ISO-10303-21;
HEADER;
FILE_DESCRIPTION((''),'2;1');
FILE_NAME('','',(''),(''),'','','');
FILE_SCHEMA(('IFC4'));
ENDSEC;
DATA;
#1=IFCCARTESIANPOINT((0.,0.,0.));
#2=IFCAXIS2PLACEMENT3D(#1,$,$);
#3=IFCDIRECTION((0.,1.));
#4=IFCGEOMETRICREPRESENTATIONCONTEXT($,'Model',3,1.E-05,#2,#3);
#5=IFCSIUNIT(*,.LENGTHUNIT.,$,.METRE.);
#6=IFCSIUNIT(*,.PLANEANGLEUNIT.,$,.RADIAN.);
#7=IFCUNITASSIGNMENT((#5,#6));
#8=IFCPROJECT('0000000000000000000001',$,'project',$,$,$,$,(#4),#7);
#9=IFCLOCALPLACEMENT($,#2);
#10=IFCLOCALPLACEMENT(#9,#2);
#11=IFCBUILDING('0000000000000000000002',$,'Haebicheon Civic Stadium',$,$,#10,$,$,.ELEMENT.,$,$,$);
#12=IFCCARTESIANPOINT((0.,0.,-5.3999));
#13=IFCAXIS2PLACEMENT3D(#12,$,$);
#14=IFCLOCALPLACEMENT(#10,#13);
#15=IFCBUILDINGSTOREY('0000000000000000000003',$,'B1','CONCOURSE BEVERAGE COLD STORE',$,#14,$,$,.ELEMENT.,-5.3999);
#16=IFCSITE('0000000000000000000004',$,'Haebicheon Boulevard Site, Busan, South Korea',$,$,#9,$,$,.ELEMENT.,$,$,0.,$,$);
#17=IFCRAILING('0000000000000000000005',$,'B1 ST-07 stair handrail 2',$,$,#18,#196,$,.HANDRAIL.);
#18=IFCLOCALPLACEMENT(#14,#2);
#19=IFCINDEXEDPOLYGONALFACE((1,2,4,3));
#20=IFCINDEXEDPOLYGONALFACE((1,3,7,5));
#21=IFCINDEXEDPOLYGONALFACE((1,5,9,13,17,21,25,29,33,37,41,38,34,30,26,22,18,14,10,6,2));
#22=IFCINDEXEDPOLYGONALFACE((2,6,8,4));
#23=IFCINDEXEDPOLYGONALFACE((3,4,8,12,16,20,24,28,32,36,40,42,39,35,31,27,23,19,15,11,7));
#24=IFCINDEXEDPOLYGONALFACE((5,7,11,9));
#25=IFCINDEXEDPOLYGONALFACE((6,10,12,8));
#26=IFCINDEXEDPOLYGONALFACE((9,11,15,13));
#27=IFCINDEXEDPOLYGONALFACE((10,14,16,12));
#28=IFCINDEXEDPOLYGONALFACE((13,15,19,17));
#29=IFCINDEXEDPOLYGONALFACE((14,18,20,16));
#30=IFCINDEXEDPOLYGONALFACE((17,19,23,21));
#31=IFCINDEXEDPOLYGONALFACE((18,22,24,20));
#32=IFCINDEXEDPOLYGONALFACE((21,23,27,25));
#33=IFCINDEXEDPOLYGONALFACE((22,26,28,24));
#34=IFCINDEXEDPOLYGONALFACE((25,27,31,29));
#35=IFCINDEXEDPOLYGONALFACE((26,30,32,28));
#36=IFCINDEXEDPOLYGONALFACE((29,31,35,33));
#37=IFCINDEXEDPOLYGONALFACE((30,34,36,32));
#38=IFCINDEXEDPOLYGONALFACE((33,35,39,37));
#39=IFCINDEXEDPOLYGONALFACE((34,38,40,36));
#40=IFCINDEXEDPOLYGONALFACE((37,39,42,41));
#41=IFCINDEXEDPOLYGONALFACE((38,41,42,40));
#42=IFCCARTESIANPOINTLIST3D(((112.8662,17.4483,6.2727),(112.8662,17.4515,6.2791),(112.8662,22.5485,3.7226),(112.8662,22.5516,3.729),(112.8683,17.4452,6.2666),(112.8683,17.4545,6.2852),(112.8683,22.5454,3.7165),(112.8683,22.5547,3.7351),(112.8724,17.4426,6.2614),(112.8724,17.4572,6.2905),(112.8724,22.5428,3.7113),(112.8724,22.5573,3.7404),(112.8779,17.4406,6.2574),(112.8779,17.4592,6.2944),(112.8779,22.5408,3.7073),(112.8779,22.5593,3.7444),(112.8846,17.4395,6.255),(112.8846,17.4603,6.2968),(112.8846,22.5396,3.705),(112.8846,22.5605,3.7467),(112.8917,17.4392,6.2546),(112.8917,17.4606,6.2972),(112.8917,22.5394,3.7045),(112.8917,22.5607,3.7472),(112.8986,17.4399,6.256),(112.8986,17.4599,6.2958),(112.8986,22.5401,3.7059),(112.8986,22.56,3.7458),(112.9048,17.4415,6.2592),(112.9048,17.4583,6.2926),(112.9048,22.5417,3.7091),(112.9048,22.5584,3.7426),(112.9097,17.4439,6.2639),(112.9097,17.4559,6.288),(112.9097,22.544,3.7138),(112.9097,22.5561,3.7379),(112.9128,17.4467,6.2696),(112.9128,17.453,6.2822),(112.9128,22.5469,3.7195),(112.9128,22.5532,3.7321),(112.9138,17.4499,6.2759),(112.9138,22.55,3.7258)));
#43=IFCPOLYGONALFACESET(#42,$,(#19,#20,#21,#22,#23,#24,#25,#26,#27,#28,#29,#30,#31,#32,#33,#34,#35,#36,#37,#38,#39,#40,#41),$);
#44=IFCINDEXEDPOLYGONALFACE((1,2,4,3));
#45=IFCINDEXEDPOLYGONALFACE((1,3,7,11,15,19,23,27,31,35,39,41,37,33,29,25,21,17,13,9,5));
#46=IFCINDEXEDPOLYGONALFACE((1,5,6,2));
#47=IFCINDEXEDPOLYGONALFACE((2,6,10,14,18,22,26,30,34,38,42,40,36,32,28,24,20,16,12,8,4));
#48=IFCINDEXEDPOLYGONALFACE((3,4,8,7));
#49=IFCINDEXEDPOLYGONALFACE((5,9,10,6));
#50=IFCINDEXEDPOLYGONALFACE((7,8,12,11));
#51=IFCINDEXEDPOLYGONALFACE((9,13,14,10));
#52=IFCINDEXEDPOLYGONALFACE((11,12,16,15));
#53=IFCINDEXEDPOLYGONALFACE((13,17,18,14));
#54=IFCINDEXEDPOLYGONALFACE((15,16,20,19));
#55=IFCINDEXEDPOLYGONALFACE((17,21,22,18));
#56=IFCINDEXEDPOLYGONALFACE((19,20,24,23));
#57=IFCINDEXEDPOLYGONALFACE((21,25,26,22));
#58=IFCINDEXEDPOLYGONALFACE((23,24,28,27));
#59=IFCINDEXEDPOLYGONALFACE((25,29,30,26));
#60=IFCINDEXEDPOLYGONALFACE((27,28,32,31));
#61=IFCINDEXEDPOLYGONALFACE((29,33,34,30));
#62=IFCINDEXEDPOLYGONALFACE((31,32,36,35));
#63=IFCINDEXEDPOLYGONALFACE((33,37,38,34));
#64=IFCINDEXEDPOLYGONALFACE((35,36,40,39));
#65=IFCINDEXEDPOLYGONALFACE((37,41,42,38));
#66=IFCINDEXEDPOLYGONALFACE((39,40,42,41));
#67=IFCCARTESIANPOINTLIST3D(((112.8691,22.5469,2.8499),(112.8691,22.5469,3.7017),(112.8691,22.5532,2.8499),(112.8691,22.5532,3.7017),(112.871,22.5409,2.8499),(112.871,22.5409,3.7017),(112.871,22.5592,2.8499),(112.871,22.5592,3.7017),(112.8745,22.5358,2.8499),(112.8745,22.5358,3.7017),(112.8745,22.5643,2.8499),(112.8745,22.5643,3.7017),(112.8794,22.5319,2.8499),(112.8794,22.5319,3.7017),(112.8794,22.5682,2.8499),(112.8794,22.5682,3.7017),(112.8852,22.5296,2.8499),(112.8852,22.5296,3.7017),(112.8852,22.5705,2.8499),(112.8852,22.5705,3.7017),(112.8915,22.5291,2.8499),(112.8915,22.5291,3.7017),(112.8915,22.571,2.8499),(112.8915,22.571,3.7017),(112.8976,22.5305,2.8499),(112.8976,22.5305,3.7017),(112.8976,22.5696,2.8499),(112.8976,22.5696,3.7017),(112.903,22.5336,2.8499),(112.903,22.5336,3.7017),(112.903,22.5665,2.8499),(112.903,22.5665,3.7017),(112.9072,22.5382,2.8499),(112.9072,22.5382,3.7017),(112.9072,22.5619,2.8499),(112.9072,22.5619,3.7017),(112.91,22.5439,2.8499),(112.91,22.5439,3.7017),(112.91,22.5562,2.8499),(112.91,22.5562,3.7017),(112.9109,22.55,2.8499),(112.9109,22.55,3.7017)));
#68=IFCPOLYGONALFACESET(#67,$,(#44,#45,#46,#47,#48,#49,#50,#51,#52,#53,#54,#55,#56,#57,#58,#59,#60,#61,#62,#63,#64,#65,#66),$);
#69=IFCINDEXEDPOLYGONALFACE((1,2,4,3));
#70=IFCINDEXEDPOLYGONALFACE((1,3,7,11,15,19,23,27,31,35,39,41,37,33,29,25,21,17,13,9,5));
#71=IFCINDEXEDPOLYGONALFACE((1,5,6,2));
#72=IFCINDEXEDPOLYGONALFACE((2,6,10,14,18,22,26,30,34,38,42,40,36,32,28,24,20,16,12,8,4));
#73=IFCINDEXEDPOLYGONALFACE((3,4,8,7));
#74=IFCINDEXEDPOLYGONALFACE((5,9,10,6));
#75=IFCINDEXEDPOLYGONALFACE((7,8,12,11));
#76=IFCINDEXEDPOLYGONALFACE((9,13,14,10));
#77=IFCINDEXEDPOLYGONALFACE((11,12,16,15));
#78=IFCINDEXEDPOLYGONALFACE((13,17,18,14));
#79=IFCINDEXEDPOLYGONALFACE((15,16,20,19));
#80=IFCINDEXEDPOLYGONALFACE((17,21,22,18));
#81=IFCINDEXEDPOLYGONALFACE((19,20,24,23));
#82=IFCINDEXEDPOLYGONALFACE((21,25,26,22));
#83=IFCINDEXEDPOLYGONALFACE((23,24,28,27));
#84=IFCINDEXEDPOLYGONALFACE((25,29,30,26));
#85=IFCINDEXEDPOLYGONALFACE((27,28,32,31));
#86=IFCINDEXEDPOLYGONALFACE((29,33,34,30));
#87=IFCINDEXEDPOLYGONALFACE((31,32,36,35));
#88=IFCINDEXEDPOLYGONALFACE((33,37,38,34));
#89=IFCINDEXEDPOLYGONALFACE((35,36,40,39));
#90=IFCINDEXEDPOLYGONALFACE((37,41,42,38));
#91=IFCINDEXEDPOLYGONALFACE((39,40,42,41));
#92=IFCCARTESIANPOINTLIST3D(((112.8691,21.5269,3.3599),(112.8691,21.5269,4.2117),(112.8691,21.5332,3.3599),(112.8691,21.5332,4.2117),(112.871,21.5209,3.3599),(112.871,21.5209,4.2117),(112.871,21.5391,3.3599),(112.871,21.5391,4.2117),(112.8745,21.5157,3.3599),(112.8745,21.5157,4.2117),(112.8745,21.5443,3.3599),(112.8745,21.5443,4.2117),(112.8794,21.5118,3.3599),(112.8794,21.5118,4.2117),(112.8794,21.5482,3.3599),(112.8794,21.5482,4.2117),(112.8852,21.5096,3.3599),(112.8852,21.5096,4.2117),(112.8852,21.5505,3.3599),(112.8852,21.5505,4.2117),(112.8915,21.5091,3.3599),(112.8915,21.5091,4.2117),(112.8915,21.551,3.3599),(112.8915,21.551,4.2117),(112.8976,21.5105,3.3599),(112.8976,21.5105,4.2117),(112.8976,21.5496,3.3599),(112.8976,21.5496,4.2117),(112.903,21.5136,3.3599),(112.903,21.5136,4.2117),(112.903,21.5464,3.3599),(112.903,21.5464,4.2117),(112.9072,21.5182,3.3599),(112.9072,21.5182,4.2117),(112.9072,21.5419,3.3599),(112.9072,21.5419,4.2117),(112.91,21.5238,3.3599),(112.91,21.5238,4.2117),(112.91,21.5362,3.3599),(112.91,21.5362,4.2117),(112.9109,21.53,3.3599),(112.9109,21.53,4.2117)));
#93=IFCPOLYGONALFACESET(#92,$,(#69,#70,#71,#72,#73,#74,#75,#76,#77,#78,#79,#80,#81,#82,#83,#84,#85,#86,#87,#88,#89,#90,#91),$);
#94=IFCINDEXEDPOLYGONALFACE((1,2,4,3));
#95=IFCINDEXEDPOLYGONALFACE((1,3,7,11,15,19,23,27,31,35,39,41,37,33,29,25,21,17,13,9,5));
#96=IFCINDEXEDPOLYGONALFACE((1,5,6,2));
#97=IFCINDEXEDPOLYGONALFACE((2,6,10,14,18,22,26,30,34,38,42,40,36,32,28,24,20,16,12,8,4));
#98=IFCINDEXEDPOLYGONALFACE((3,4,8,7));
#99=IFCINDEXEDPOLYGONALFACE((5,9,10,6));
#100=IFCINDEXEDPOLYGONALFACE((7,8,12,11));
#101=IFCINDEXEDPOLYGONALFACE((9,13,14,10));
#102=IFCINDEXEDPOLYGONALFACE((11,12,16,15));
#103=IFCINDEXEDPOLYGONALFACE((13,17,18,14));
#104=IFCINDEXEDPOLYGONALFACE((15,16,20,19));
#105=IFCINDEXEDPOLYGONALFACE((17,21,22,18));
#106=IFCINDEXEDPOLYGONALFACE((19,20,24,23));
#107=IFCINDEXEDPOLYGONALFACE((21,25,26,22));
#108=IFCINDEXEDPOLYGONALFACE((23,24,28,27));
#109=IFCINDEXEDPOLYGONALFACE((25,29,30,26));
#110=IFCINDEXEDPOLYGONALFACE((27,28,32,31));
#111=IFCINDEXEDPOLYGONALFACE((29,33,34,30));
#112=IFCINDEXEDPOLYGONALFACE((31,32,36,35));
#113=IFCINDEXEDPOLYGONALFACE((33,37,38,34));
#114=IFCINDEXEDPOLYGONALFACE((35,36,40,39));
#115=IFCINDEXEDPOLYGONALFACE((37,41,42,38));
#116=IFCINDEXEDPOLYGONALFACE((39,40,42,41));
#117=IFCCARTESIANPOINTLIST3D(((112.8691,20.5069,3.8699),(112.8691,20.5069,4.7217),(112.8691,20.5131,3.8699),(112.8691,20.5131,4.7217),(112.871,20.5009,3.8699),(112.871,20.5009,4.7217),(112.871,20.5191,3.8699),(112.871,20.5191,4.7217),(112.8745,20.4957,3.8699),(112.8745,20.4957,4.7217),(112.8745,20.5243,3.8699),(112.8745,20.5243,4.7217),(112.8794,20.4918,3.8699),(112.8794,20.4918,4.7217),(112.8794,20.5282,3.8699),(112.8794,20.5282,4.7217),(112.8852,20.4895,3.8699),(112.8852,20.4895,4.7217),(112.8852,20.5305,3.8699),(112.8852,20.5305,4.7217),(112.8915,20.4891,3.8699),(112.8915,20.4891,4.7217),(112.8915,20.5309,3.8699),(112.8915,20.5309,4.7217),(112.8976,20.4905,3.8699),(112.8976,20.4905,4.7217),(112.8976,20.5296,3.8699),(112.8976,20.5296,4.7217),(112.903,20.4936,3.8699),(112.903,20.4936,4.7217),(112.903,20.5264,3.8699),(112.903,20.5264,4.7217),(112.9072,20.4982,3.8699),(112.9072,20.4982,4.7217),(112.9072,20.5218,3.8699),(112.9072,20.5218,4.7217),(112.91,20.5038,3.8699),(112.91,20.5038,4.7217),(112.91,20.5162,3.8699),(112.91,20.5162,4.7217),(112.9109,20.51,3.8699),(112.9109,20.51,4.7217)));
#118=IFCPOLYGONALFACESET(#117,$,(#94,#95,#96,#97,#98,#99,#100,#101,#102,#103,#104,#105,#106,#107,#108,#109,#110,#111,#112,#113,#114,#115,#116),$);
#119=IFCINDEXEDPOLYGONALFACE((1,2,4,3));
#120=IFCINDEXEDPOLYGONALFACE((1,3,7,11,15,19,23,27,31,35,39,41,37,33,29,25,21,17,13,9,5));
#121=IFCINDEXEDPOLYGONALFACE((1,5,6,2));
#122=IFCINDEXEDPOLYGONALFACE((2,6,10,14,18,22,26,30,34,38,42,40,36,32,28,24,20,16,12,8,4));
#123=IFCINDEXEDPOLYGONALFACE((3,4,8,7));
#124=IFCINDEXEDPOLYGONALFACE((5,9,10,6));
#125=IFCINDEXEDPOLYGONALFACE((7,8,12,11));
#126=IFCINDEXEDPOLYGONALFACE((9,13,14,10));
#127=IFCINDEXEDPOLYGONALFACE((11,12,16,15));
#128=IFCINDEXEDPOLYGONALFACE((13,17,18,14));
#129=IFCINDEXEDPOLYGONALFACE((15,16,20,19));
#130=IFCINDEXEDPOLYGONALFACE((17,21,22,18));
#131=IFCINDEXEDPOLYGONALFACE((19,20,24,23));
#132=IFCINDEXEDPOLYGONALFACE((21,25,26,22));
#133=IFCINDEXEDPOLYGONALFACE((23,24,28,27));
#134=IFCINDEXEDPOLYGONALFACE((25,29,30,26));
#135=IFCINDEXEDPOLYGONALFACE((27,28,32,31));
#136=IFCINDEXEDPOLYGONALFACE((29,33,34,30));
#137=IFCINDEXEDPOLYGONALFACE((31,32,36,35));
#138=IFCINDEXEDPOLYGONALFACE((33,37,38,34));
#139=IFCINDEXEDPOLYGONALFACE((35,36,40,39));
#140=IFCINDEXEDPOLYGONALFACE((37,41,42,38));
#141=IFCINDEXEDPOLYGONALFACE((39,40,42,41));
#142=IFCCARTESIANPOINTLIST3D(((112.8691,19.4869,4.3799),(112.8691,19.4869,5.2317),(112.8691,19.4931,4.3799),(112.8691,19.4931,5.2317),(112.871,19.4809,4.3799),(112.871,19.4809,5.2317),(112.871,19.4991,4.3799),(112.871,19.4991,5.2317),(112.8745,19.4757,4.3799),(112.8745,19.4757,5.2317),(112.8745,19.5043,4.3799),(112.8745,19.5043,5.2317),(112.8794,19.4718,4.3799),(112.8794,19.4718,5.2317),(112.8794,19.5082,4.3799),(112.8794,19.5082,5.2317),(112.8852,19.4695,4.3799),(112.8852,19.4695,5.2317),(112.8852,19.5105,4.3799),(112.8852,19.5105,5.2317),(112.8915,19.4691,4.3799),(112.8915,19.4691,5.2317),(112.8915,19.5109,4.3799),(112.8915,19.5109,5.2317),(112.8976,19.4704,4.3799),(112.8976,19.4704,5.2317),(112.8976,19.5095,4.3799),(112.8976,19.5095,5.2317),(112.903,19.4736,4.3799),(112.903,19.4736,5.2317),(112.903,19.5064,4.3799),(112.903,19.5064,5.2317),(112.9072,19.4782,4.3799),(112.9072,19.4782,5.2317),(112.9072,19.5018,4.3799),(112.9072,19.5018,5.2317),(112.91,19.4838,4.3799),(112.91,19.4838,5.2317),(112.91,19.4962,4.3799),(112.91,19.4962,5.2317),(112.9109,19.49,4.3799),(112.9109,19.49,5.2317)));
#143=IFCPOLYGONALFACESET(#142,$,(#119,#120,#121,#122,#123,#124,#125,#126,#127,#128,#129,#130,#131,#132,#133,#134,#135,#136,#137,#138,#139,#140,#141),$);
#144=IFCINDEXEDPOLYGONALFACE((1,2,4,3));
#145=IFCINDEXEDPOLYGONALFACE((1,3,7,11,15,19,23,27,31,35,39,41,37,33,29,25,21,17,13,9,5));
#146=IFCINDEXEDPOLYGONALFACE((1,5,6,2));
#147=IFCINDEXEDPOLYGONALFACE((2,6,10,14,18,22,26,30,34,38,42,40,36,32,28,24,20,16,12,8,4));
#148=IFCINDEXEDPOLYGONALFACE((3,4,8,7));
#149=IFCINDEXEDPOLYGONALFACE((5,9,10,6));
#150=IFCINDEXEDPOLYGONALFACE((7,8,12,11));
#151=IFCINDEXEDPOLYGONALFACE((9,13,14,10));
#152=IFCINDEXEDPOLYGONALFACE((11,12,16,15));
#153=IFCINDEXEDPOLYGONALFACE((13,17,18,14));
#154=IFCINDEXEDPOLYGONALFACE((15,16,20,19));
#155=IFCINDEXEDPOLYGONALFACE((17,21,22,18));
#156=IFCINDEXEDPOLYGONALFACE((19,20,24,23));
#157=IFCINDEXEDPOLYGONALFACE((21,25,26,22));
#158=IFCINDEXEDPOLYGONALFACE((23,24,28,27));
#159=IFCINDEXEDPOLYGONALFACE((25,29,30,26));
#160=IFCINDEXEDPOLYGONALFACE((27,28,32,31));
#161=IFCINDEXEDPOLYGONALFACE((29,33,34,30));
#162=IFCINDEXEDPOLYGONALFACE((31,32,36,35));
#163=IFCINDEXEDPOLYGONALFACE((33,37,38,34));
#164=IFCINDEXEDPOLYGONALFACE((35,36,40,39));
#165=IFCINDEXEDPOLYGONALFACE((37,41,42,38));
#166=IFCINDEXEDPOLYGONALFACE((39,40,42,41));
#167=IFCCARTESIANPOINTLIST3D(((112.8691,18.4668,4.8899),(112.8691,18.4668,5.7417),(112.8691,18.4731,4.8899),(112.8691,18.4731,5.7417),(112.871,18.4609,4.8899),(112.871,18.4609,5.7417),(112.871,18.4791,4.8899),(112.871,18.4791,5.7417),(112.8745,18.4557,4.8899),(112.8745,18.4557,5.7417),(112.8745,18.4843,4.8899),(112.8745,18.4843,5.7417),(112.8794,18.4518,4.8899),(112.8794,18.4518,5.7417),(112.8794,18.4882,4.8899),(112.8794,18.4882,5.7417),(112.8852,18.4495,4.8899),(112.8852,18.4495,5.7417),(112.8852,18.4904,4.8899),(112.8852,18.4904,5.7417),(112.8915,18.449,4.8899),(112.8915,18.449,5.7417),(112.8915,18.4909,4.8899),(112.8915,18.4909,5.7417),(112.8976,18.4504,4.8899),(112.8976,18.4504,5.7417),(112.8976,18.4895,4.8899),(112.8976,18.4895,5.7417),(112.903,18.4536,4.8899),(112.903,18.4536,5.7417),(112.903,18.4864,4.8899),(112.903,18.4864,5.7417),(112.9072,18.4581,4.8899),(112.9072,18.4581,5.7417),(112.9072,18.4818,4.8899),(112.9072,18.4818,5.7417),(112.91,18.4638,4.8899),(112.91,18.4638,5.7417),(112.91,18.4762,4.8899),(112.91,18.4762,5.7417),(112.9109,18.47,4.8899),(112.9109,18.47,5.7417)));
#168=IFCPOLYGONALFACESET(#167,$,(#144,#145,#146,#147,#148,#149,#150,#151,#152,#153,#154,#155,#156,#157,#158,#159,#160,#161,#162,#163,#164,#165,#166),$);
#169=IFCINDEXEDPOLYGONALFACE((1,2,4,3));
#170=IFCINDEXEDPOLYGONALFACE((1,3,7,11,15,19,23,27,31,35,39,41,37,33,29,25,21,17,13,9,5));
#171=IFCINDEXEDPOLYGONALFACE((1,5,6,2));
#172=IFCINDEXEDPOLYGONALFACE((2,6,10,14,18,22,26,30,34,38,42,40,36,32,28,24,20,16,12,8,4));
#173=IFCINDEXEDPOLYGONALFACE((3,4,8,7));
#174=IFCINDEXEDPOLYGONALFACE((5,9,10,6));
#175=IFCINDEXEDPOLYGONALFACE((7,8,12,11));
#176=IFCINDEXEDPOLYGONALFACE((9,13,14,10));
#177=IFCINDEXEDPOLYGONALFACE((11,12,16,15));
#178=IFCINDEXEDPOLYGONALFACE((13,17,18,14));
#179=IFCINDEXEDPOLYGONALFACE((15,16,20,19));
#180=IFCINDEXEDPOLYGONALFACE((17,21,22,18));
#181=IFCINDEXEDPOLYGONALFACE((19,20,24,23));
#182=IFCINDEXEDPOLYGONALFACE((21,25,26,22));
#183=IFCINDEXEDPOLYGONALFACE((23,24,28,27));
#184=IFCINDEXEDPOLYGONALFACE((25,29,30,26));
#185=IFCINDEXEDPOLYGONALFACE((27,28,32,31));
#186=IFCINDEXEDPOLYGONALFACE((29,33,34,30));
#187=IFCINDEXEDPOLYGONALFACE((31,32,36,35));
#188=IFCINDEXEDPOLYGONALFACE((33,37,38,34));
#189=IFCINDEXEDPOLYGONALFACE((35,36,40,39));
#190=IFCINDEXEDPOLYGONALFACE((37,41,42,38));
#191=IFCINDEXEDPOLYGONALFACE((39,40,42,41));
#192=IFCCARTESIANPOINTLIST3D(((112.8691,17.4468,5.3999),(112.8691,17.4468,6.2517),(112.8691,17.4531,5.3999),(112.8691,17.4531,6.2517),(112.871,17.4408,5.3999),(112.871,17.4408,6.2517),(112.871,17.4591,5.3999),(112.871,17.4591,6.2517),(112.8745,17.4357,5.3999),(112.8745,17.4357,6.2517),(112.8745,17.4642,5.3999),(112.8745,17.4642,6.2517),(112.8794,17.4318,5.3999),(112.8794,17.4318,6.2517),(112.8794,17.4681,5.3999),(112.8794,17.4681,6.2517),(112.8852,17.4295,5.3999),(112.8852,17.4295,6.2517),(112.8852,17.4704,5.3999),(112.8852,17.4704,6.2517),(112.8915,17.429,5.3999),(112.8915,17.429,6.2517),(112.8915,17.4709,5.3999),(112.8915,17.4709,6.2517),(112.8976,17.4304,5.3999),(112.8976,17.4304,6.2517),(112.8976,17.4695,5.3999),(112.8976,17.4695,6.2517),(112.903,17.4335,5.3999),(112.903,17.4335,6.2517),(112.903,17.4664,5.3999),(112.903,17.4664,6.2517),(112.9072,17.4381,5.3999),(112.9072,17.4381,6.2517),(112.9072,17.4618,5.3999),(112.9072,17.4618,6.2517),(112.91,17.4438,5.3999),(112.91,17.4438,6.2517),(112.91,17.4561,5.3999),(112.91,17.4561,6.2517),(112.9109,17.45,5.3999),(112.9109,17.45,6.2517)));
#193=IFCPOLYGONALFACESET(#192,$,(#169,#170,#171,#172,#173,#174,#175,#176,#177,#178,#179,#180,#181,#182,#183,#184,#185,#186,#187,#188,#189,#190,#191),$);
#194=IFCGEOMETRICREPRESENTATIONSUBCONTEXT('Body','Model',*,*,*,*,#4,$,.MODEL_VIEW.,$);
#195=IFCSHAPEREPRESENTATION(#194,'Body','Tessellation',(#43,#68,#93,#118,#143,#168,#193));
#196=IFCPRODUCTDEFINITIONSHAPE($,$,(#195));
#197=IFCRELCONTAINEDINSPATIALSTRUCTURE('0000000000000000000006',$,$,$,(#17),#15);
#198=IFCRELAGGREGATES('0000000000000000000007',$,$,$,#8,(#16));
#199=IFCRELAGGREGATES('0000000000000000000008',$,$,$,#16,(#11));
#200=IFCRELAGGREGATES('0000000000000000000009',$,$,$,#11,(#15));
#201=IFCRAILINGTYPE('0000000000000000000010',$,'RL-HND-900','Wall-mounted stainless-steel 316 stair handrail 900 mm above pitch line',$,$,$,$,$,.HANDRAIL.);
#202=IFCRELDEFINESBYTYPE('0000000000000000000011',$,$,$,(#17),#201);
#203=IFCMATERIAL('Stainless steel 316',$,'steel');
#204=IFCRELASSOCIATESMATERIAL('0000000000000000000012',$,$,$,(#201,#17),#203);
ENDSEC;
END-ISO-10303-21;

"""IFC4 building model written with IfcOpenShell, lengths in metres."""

from ifc_helpers import new_model, si_unit, direction, frame, origin, origin_2d, place, context, subcontext, project, spatial, circle, extrude, material, type_object, element, save


model = new_model("IFC4")

# Units and contexts
model_context = context("Model", 3, precision=1e-05, world=origin(), true_north=direction((0.0, 1.0)))
body_context = subcontext(model_context, "Body", "Model", "MODEL_VIEW")
ifc_project = project(units=[si_unit("LENGTHUNIT", "METRE"), si_unit("PLANEANGLEUNIT", "RADIAN")], contexts=[model_context])

# Site, building, storey
site_placement = place(None, origin())
site = spatial("IfcSite", under=ifc_project, at=site_placement, Name="Haebicheon Boulevard Site, Busan, South Korea", CompositionType="ELEMENT", RefElevation=0.0)
building_placement = place(site_placement, origin())
building = spatial("IfcBuilding", under=site, at=building_placement, Name="Haebicheon Civic Stadium", CompositionType="ELEMENT")
storey_placement = place(building_placement, frame((0.0, 0.0, -5.3999)))
storey = spatial("IfcBuildingStorey", under=building, at=storey_placement, Name="B1", Description="CONCOURSE BEVERAGE COLD STORE", CompositionType="ELEMENT", Elevation=-5.3999)

# Railing
ifc_material_1 = material(Name="Stainless steel 316", Category="steel")
railing_type_1 = type_object("IfcRailingType", Name="RL-HND-900", Description="Wall-mounted stainless-steel 316 stair handrail 900 mm above pitch line", PredefinedType="HANDRAIL", material=ifc_material_1)
railing_1_placement = place(storey_placement, frame((112.8899, 22.55, 2.8499)))
element("IfcRailing", 1, at=railing_1_placement, inside=storey, type_object=railing_type_1, material=ifc_material_1, Name="B1 ST-07 stair handrail 2", PredefinedType="HANDRAIL", context=body_context, shape_type="SweptSolid", body=[
    extrude(circle(Radius=0.0239, at=origin_2d()), frame((0.0, 0.0, 0.876), z_axis=(0.0, -0.894427, 0.447214), x_axis=(1.0, 0.0, 0.0)), (0.0, 0.0, 1.0), 5.7021),
    extrude(circle(Radius=0.021, at=origin_2d()), origin(), (0.0, 0.0, 1.0), 0.8518),
    extrude(circle(Radius=0.021, at=origin_2d()), frame((0.0, -1.02, 0.51)), (0.0, 0.0, 1.0), 0.8518),
    extrude(circle(Radius=0.021, at=origin_2d()), frame((0.0, -2.04, 1.02)), (0.0, 0.0, 1.0), 0.8518),
    extrude(circle(Radius=0.021, at=origin_2d()), frame((0.0, -3.0601, 1.53)), (0.0, 0.0, 1.0), 0.8518),
    extrude(circle(Radius=0.021, at=origin_2d()), frame((0.0, -4.0801, 2.04)), (0.0, 0.0, 1.0), 0.8518),
    extrude(circle(Radius=0.021, at=origin_2d()), frame((0.0, -5.1001, 2.55)), (0.0, 0.0, 1.0), 0.8518),
])

save(model, "model.ifc")
